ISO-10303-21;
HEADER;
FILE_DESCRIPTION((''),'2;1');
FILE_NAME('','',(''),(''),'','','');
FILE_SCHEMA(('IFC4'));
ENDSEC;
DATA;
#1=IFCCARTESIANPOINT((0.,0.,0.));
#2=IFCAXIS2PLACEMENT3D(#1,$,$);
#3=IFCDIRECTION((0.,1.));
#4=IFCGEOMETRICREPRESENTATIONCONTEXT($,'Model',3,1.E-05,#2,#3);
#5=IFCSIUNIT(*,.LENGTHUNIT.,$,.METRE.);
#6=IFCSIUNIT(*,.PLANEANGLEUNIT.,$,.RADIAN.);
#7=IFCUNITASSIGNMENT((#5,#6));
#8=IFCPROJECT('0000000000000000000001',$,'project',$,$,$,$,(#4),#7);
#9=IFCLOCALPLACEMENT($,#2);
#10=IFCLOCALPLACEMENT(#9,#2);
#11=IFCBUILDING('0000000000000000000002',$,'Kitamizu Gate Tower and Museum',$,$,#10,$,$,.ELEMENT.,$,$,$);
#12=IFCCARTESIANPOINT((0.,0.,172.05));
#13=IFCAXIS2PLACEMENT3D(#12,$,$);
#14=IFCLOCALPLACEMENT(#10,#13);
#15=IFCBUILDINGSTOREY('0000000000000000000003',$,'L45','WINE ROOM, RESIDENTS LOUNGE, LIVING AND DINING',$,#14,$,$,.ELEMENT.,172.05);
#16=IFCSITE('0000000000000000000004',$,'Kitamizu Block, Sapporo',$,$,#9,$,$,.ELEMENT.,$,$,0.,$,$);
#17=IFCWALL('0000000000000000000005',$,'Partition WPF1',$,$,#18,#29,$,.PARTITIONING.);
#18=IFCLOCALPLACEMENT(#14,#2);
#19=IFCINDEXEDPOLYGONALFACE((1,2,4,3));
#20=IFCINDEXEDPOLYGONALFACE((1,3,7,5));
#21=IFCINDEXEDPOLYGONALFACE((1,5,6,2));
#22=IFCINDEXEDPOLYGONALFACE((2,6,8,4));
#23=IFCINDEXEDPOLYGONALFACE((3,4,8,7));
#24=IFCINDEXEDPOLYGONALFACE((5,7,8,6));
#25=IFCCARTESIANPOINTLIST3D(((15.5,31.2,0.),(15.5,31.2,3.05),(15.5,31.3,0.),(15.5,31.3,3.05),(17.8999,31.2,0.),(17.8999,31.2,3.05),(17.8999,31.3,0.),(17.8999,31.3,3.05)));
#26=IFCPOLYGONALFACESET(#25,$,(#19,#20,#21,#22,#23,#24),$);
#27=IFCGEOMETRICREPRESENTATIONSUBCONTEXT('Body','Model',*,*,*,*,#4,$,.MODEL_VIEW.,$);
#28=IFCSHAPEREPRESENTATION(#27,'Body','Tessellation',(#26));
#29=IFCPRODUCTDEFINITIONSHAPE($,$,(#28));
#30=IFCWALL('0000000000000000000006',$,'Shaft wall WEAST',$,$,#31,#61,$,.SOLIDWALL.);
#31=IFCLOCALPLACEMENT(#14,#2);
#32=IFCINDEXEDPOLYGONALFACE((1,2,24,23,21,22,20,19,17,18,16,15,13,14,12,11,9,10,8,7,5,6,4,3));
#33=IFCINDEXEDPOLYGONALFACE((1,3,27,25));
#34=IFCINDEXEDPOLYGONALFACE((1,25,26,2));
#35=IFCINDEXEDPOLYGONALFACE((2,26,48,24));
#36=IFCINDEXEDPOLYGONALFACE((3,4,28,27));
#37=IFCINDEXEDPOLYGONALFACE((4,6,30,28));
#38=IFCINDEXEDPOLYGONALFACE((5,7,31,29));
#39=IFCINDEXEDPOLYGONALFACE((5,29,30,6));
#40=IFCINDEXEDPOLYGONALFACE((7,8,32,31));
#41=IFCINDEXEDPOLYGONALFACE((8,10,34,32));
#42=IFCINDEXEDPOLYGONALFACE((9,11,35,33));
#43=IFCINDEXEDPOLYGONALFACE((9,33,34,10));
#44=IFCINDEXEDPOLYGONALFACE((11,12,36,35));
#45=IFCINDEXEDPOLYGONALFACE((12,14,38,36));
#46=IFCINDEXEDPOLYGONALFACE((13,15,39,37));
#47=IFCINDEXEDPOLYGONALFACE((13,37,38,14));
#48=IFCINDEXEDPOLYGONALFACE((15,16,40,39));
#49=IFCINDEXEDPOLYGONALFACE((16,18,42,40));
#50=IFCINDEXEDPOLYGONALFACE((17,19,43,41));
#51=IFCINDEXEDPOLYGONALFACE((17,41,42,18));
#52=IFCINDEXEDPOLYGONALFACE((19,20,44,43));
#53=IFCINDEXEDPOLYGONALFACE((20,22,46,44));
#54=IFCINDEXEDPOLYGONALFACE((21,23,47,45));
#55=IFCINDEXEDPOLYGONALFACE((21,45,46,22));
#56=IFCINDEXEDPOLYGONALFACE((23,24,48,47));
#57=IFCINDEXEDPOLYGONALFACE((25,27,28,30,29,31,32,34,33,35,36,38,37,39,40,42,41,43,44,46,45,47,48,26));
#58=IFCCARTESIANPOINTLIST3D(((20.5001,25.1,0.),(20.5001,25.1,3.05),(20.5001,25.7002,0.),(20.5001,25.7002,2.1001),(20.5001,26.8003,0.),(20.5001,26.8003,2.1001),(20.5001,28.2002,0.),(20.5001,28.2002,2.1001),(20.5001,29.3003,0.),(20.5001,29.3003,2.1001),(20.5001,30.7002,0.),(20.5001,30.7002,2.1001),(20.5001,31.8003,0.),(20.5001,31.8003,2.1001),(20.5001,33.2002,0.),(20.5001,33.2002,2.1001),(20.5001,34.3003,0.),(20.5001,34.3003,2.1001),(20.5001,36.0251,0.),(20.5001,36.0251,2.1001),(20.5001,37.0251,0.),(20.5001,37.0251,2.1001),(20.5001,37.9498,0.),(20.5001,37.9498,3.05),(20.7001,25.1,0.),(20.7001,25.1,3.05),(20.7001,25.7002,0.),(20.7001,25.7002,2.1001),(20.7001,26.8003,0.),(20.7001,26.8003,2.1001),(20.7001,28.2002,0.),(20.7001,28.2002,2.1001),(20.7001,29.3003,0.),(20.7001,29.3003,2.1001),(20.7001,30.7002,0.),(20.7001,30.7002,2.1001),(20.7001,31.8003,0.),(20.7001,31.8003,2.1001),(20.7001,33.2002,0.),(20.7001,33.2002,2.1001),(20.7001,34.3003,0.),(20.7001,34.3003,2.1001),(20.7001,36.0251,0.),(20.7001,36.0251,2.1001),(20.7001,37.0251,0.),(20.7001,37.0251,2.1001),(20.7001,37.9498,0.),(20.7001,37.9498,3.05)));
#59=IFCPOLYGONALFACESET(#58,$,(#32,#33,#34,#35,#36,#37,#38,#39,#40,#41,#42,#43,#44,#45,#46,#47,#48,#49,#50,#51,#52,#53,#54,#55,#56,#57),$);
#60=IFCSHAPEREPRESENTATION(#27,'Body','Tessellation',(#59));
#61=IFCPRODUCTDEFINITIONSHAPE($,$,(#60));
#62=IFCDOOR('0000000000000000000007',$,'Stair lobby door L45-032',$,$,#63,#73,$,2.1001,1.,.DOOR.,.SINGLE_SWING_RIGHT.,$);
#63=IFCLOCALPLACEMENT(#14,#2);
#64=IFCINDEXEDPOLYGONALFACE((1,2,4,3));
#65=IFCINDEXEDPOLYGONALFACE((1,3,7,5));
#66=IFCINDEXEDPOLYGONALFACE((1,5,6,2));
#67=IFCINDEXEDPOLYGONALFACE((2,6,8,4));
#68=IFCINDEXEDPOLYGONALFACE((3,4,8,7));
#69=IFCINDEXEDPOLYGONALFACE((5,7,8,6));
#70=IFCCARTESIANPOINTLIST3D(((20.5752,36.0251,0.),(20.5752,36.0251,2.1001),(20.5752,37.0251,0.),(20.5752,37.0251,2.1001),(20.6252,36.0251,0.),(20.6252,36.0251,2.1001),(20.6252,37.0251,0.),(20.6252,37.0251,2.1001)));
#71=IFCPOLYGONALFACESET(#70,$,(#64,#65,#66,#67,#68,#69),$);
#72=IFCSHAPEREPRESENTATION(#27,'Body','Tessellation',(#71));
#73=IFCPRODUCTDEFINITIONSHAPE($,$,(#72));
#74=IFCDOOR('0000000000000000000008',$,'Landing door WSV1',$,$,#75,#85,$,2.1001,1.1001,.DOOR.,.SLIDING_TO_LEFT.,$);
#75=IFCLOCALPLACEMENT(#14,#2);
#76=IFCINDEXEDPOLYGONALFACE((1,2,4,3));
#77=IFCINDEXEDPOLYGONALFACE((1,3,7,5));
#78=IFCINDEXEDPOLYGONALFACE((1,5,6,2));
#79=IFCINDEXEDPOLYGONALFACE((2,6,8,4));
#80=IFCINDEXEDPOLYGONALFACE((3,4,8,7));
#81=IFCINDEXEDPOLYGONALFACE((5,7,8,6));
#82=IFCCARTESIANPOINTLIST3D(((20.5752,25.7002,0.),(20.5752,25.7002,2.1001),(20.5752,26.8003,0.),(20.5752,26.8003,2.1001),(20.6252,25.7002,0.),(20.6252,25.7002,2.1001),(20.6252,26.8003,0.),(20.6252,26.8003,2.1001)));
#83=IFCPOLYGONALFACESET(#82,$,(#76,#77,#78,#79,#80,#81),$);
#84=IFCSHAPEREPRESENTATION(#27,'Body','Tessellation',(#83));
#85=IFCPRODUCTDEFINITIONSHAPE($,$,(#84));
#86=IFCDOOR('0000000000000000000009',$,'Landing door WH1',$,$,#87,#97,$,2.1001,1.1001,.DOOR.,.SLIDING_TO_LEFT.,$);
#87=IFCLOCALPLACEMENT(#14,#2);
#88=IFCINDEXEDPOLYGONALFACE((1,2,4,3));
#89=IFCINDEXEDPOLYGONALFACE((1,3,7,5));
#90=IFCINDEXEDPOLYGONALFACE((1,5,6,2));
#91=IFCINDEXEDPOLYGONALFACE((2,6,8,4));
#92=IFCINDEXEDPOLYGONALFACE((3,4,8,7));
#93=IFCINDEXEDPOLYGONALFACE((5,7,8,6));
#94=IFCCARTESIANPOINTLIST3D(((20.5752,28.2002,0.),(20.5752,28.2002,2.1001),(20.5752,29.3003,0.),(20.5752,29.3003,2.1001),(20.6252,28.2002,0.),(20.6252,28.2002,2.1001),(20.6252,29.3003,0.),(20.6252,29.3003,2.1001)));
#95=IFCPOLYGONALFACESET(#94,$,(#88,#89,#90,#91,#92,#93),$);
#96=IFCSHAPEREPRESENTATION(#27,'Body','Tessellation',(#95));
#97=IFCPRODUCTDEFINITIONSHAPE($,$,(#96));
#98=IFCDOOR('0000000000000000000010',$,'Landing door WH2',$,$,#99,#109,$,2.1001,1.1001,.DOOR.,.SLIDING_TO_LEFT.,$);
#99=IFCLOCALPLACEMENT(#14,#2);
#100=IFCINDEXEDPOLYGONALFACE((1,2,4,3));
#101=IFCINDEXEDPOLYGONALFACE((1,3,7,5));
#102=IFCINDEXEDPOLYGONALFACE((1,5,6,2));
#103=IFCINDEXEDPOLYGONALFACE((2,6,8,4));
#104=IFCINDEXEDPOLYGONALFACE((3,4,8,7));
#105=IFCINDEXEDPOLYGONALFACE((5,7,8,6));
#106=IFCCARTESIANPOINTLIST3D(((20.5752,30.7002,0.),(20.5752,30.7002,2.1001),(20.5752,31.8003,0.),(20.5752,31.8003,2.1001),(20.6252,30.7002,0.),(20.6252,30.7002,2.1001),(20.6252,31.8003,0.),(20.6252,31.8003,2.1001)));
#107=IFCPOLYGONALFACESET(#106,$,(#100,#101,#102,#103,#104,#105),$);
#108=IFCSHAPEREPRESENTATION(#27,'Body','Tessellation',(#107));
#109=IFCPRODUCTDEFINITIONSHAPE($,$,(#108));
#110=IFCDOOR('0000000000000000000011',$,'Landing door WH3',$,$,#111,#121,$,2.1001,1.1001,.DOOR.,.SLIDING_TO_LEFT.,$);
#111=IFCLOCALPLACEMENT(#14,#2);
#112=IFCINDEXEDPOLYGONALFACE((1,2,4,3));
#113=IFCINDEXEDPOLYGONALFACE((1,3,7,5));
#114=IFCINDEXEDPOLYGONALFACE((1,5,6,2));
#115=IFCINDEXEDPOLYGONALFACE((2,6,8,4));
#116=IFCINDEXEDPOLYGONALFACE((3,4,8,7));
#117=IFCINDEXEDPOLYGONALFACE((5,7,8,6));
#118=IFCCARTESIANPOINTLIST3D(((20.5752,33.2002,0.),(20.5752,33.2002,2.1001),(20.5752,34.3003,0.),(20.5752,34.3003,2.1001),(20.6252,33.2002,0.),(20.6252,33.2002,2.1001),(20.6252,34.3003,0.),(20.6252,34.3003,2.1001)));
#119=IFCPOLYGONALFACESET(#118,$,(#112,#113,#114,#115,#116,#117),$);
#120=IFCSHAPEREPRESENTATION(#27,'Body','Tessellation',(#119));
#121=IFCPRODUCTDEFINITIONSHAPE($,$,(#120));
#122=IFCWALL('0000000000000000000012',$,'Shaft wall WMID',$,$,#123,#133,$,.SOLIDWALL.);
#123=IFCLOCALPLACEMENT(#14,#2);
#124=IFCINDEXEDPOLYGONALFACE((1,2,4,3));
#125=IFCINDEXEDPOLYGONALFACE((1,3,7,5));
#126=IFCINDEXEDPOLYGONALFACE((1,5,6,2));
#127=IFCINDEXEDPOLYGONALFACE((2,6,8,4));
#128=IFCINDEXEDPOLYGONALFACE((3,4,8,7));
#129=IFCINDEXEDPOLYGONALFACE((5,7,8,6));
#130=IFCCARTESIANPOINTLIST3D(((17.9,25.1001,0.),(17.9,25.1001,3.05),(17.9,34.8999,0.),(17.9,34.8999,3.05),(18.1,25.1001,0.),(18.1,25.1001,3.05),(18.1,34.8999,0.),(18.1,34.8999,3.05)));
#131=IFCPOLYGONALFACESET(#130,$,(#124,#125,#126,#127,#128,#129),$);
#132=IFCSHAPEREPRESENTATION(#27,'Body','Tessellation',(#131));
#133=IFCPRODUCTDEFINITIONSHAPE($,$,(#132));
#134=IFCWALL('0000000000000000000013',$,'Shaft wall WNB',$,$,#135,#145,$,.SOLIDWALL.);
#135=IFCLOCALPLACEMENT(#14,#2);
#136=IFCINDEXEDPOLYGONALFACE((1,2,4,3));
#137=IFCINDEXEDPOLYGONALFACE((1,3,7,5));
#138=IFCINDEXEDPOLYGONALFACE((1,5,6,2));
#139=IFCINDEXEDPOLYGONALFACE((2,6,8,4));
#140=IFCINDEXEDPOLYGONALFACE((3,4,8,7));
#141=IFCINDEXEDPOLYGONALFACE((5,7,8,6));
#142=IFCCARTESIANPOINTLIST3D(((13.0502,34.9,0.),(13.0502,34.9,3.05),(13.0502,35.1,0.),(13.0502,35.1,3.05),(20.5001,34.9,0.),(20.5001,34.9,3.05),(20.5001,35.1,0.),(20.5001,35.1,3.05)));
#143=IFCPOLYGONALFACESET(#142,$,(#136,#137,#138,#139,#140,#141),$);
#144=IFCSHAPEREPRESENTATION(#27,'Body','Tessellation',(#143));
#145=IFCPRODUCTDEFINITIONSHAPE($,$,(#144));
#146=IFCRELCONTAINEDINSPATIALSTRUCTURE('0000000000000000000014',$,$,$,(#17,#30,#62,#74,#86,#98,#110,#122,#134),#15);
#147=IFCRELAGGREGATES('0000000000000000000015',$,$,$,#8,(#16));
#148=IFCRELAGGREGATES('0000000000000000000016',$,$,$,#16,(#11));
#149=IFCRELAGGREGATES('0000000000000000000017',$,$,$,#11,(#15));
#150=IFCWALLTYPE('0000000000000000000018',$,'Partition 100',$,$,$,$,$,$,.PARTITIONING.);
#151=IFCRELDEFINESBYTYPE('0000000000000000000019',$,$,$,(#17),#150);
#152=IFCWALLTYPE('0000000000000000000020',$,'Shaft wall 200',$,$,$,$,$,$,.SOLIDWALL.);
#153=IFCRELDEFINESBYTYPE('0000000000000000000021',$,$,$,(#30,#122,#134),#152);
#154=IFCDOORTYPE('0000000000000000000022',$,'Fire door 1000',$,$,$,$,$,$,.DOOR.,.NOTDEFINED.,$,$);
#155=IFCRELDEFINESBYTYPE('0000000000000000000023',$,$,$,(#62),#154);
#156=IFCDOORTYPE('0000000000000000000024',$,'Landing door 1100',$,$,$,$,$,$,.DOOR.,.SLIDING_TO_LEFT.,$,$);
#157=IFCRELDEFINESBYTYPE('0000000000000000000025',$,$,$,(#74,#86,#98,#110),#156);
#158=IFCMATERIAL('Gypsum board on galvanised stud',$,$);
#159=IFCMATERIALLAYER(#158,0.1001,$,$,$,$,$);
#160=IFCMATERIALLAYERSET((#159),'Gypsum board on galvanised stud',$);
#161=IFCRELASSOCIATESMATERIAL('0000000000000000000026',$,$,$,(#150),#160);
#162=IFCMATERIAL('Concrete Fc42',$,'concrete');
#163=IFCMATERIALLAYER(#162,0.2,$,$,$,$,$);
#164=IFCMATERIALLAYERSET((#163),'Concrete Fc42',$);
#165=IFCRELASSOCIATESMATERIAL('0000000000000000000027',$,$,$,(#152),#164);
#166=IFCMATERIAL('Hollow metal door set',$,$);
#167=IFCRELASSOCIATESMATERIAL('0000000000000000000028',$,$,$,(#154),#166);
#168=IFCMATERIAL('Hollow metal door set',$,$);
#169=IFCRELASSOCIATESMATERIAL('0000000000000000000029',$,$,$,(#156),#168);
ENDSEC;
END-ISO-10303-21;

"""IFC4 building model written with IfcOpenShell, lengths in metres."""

from ifc_helpers import new_model, si_unit, direction, frame, frame_2d, origin, place, context, subcontext, project, spatial, rectangle, extrude, material, layer, layer_set, type_object, element, fill, save


model = new_model("IFC4")

# Units and contexts
model_context = context("Model", 3, precision=1e-05, world=origin(), true_north=direction((0.0, 1.0)))
body_context = subcontext(model_context, "Body", "Model", "MODEL_VIEW")
ifc_project = project(units=[si_unit("LENGTHUNIT", "METRE"), si_unit("PLANEANGLEUNIT", "RADIAN")], contexts=[model_context])

# Site, building, storey
site_placement = place(None, origin())
site = spatial("IfcSite", under=ifc_project, at=site_placement, Name="Kitamizu Block, Sapporo", CompositionType="ELEMENT", RefElevation=0.0)
building_placement = place(site_placement, origin())
building = spatial("IfcBuilding", under=site, at=building_placement, Name="Kitamizu Gate Tower and Museum", CompositionType="ELEMENT")
storey_placement = place(building_placement, frame((0.0, 0.0, 172.05)))
storey = spatial("IfcBuildingStorey", under=building, at=storey_placement, Name="L45", Description="WINE ROOM, RESIDENTS LOUNGE, LIVING AND DINING", CompositionType="ELEMENT", Elevation=172.05)

# Wall
ifc_material_1 = material(Name="Gypsum board on galvanised stud")
ifc_layer_1 = layer(ifc_material_1, 0.1001)
ifc_layer_set_1 = layer_set([ifc_layer_1], Name="Gypsum board on galvanised stud")
wall_type_1 = type_object("IfcWallType", Name="Partition 100", PredefinedType="PARTITIONING", material=ifc_layer_set_1)
wall_1_placement = place(storey_placement, frame((15.5, 31.25, 0.0), z_axis=(0.0, 0.0, 1.0), x_axis=(1.0, 0.0, 0.0)))
element("IfcWall", 1, at=wall_1_placement, inside=storey, type_object=wall_type_1, Name="Partition WPF1", PredefinedType="PARTITIONING", context=body_context, shape_type="SweptSolid", body=[
    extrude(rectangle(XDim=2.3999, YDim=0.1001, at=frame_2d((1.2, 0.0))), origin(), (0.0, 0.0, 1.0), 3.05),
])

# Wall, openings, doors
ifc_material_2 = material(Name="Concrete Fc42", Category="concrete")
ifc_layer_2 = layer(ifc_material_2, 0.2)
ifc_layer_set_2 = layer_set([ifc_layer_2], Name="Concrete Fc42")
wall_type_2 = type_object("IfcWallType", Name="Shaft wall 200", PredefinedType="SOLIDWALL", material=ifc_layer_set_2)
wall_2_placement = place(storey_placement, frame((20.6001, 25.1001, 0.0), z_axis=(0.0, 0.0, 1.0), x_axis=(0.0, 1.0, 0.0)))
wall_2 = element("IfcWall", 2, at=wall_2_placement, inside=storey, type_object=wall_type_2, Name="Shaft wall WEAST", PredefinedType="SOLIDWALL", context=body_context, shape_type="SweptSolid", body=[
    extrude(rectangle(XDim=12.8499, YDim=0.2, at=frame_2d((6.4248, 0.0))), origin(), (0.0, 0.0, 1.0), 3.05),
])
opening_1_placement = place(wall_2_placement, frame((0.6001, 0.0, 0.0)))
opening_1 = element("IfcOpeningElement", 3, at=opening_1_placement, cuts=wall_2, PredefinedType="OPENING", context=body_context, shape_type="SweptSolid", body=[
    extrude(rectangle(XDim=1.1001, YDim=2.1001, at=frame_2d((0.55, 1.05))), frame((0.0, 0.1099, 0.0), z_axis=(0.0, -1.0, 0.0), x_axis=(1.0, 0.0, 0.0)), (0.0, 0.0, 1.0), 0.22),
])
opening_2_placement = place(wall_2_placement, frame((3.1001, 0.0, 0.0)))
opening_2 = element("IfcOpeningElement", 4, at=opening_2_placement, cuts=wall_2, PredefinedType="OPENING", context=body_context, shape_type="SweptSolid", body=[
    extrude(rectangle(XDim=1.1001, YDim=2.1001, at=frame_2d((0.55, 1.05))), frame((0.0, 0.1099, 0.0), z_axis=(0.0, -1.0, 0.0), x_axis=(1.0, 0.0, 0.0)), (0.0, 0.0, 1.0), 0.22),
])
opening_3_placement = place(wall_2_placement, frame((5.6001, 0.0, 0.0)))
opening_3 = element("IfcOpeningElement", 5, at=opening_3_placement, cuts=wall_2, PredefinedType="OPENING", context=body_context, shape_type="SweptSolid", body=[
    extrude(rectangle(XDim=1.1001, YDim=2.1001, at=frame_2d((0.55, 1.05))), frame((0.0, 0.1099, 0.0), z_axis=(0.0, -1.0, 0.0), x_axis=(1.0, 0.0, 0.0)), (0.0, 0.0, 1.0), 0.22),
])
opening_4_placement = place(wall_2_placement, frame((8.1001, 0.0, 0.0)))
opening_4 = element("IfcOpeningElement", 6, at=opening_4_placement, cuts=wall_2, PredefinedType="OPENING", context=body_context, shape_type="SweptSolid", body=[
    extrude(rectangle(XDim=1.1001, YDim=2.1001, at=frame_2d((0.55, 1.05))), frame((0.0, 0.1099, 0.0), z_axis=(0.0, -1.0, 0.0), x_axis=(1.0, 0.0, 0.0)), (0.0, 0.0, 1.0), 0.22),
])
opening_5_placement = place(wall_2_placement, frame((10.925, 0.0, 0.0)))
opening_5 = element("IfcOpeningElement", 7, at=opening_5_placement, cuts=wall_2, PredefinedType="OPENING", context=body_context, shape_type="SweptSolid", body=[
    extrude(rectangle(XDim=1.0, YDim=2.1001, at=frame_2d((0.5, 1.05))), frame((0.0, 0.1099, 0.0), z_axis=(0.0, -1.0, 0.0), x_axis=(1.0, 0.0, 0.0)), (0.0, 0.0, 1.0), 0.22),
])
ifc_material_3 = material(Name="Hollow metal door set")
door_type_1 = type_object("IfcDoorType", Name="Fire door 1000", OperationType="NOTDEFINED", PredefinedType="DOOR", material=ifc_material_3)
door_1_placement = place(opening_5_placement, origin())
door_1 = element("IfcDoor", 8, at=door_1_placement, inside=storey, type_object=door_type_1, Name="Stair lobby door L45-032", OperationType="SINGLE_SWING_RIGHT", OverallHeight=2.1001, OverallWidth=1.0, PredefinedType="DOOR", context=body_context, shape_type="SweptSolid", body=[
    extrude(rectangle(XDim=1.0, YDim=2.1001, at=frame_2d((0.5, 1.05))), frame((0.0, 0.0249, 0.0), z_axis=(0.0, -1.0, 0.0), x_axis=(1.0, 0.0, 0.0)), (0.0, 0.0, 1.0), 0.05),
])
fill(opening_5, door_1)
ifc_material_4 = material(Name="Hollow metal door set")
door_type_2 = type_object("IfcDoorType", Name="Landing door 1100", OperationType="SLIDING_TO_LEFT", PredefinedType="DOOR", material=ifc_material_4)
door_2_placement = place(opening_1_placement, origin())
door_2 = element("IfcDoor", 9, at=door_2_placement, inside=storey, type_object=door_type_2, Name="Landing door WSV1", OperationType="SLIDING_TO_LEFT", OverallHeight=2.1001, OverallWidth=1.1001, PredefinedType="DOOR", context=body_context, shape_type="SweptSolid", body=[
    extrude(rectangle(XDim=1.1001, YDim=2.1001, at=frame_2d((0.55, 1.05))), frame((0.0, 0.0249, 0.0), z_axis=(0.0, -1.0, 0.0), x_axis=(1.0, 0.0, 0.0)), (0.0, 0.0, 1.0), 0.05),
])
fill(opening_1, door_2)
door_3_placement = place(opening_2_placement, origin())
door_3 = element("IfcDoor", 10, at=door_3_placement, inside=storey, type_object=door_type_2, Name="Landing door WH1", OperationType="SLIDING_TO_LEFT", OverallHeight=2.1001, OverallWidth=1.1001, PredefinedType="DOOR", context=body_context, shape_type="SweptSolid", body=[
    extrude(rectangle(XDim=1.1001, YDim=2.1001, at=frame_2d((0.55, 1.05))), frame((0.0, 0.0249, 0.0), z_axis=(0.0, -1.0, 0.0), x_axis=(1.0, 0.0, 0.0)), (0.0, 0.0, 1.0), 0.05),
])
fill(opening_2, door_3)
door_4_placement = place(opening_3_placement, origin())
door_4 = element("IfcDoor", 11, at=door_4_placement, inside=storey, type_object=door_type_2, Name="Landing door WH2", OperationType="SLIDING_TO_LEFT", OverallHeight=2.1001, OverallWidth=1.1001, PredefinedType="DOOR", context=body_context, shape_type="SweptSolid", body=[
    extrude(rectangle(XDim=1.1001, YDim=2.1001, at=frame_2d((0.55, 1.05))), frame((0.0, 0.0249, 0.0), z_axis=(0.0, -1.0, 0.0), x_axis=(1.0, 0.0, 0.0)), (0.0, 0.0, 1.0), 0.05),
])
fill(opening_3, door_4)
door_5_placement = place(opening_4_placement, origin())
door_5 = element("IfcDoor", 12, at=door_5_placement, inside=storey, type_object=door_type_2, Name="Landing door WH3", OperationType="SLIDING_TO_LEFT", OverallHeight=2.1001, OverallWidth=1.1001, PredefinedType="DOOR", context=body_context, shape_type="SweptSolid", body=[
    extrude(rectangle(XDim=1.1001, YDim=2.1001, at=frame_2d((0.55, 1.05))), frame((0.0, 0.0249, 0.0), z_axis=(0.0, -1.0, 0.0), x_axis=(1.0, 0.0, 0.0)), (0.0, 0.0, 1.0), 0.05),
])
fill(opening_4, door_5)

# Walls
wall_3_placement = place(storey_placement, frame((18.0, 25.1001, 0.0), z_axis=(0.0, 0.0, 1.0), x_axis=(0.0, 1.0, 0.0)))
element("IfcWall", 13, at=wall_3_placement, inside=storey, type_object=wall_type_2, Name="Shaft wall WMID", PredefinedType="SOLIDWALL", context=body_context, shape_type="SweptSolid", body=[
    extrude(rectangle(XDim=9.7998, YDim=0.2, at=frame_2d((4.8999, 0.0))), origin(), (0.0, 0.0, 1.0), 3.05),
])
wall_4_placement = place(storey_placement, frame((13.05, 35.0, 0.0), z_axis=(0.0, 0.0, 1.0), x_axis=(1.0, 0.0, 0.0)))
element("IfcWall", 14, at=wall_4_placement, inside=storey, type_object=wall_type_2, Name="Shaft wall WNB", PredefinedType="SOLIDWALL", context=body_context, shape_type="SweptSolid", body=[
    extrude(rectangle(XDim=7.45, YDim=0.2, at=frame_2d((3.7251, 0.0))), origin(), (0.0, 0.0, 1.0), 3.05),
])

save(model, "model.ifc")
